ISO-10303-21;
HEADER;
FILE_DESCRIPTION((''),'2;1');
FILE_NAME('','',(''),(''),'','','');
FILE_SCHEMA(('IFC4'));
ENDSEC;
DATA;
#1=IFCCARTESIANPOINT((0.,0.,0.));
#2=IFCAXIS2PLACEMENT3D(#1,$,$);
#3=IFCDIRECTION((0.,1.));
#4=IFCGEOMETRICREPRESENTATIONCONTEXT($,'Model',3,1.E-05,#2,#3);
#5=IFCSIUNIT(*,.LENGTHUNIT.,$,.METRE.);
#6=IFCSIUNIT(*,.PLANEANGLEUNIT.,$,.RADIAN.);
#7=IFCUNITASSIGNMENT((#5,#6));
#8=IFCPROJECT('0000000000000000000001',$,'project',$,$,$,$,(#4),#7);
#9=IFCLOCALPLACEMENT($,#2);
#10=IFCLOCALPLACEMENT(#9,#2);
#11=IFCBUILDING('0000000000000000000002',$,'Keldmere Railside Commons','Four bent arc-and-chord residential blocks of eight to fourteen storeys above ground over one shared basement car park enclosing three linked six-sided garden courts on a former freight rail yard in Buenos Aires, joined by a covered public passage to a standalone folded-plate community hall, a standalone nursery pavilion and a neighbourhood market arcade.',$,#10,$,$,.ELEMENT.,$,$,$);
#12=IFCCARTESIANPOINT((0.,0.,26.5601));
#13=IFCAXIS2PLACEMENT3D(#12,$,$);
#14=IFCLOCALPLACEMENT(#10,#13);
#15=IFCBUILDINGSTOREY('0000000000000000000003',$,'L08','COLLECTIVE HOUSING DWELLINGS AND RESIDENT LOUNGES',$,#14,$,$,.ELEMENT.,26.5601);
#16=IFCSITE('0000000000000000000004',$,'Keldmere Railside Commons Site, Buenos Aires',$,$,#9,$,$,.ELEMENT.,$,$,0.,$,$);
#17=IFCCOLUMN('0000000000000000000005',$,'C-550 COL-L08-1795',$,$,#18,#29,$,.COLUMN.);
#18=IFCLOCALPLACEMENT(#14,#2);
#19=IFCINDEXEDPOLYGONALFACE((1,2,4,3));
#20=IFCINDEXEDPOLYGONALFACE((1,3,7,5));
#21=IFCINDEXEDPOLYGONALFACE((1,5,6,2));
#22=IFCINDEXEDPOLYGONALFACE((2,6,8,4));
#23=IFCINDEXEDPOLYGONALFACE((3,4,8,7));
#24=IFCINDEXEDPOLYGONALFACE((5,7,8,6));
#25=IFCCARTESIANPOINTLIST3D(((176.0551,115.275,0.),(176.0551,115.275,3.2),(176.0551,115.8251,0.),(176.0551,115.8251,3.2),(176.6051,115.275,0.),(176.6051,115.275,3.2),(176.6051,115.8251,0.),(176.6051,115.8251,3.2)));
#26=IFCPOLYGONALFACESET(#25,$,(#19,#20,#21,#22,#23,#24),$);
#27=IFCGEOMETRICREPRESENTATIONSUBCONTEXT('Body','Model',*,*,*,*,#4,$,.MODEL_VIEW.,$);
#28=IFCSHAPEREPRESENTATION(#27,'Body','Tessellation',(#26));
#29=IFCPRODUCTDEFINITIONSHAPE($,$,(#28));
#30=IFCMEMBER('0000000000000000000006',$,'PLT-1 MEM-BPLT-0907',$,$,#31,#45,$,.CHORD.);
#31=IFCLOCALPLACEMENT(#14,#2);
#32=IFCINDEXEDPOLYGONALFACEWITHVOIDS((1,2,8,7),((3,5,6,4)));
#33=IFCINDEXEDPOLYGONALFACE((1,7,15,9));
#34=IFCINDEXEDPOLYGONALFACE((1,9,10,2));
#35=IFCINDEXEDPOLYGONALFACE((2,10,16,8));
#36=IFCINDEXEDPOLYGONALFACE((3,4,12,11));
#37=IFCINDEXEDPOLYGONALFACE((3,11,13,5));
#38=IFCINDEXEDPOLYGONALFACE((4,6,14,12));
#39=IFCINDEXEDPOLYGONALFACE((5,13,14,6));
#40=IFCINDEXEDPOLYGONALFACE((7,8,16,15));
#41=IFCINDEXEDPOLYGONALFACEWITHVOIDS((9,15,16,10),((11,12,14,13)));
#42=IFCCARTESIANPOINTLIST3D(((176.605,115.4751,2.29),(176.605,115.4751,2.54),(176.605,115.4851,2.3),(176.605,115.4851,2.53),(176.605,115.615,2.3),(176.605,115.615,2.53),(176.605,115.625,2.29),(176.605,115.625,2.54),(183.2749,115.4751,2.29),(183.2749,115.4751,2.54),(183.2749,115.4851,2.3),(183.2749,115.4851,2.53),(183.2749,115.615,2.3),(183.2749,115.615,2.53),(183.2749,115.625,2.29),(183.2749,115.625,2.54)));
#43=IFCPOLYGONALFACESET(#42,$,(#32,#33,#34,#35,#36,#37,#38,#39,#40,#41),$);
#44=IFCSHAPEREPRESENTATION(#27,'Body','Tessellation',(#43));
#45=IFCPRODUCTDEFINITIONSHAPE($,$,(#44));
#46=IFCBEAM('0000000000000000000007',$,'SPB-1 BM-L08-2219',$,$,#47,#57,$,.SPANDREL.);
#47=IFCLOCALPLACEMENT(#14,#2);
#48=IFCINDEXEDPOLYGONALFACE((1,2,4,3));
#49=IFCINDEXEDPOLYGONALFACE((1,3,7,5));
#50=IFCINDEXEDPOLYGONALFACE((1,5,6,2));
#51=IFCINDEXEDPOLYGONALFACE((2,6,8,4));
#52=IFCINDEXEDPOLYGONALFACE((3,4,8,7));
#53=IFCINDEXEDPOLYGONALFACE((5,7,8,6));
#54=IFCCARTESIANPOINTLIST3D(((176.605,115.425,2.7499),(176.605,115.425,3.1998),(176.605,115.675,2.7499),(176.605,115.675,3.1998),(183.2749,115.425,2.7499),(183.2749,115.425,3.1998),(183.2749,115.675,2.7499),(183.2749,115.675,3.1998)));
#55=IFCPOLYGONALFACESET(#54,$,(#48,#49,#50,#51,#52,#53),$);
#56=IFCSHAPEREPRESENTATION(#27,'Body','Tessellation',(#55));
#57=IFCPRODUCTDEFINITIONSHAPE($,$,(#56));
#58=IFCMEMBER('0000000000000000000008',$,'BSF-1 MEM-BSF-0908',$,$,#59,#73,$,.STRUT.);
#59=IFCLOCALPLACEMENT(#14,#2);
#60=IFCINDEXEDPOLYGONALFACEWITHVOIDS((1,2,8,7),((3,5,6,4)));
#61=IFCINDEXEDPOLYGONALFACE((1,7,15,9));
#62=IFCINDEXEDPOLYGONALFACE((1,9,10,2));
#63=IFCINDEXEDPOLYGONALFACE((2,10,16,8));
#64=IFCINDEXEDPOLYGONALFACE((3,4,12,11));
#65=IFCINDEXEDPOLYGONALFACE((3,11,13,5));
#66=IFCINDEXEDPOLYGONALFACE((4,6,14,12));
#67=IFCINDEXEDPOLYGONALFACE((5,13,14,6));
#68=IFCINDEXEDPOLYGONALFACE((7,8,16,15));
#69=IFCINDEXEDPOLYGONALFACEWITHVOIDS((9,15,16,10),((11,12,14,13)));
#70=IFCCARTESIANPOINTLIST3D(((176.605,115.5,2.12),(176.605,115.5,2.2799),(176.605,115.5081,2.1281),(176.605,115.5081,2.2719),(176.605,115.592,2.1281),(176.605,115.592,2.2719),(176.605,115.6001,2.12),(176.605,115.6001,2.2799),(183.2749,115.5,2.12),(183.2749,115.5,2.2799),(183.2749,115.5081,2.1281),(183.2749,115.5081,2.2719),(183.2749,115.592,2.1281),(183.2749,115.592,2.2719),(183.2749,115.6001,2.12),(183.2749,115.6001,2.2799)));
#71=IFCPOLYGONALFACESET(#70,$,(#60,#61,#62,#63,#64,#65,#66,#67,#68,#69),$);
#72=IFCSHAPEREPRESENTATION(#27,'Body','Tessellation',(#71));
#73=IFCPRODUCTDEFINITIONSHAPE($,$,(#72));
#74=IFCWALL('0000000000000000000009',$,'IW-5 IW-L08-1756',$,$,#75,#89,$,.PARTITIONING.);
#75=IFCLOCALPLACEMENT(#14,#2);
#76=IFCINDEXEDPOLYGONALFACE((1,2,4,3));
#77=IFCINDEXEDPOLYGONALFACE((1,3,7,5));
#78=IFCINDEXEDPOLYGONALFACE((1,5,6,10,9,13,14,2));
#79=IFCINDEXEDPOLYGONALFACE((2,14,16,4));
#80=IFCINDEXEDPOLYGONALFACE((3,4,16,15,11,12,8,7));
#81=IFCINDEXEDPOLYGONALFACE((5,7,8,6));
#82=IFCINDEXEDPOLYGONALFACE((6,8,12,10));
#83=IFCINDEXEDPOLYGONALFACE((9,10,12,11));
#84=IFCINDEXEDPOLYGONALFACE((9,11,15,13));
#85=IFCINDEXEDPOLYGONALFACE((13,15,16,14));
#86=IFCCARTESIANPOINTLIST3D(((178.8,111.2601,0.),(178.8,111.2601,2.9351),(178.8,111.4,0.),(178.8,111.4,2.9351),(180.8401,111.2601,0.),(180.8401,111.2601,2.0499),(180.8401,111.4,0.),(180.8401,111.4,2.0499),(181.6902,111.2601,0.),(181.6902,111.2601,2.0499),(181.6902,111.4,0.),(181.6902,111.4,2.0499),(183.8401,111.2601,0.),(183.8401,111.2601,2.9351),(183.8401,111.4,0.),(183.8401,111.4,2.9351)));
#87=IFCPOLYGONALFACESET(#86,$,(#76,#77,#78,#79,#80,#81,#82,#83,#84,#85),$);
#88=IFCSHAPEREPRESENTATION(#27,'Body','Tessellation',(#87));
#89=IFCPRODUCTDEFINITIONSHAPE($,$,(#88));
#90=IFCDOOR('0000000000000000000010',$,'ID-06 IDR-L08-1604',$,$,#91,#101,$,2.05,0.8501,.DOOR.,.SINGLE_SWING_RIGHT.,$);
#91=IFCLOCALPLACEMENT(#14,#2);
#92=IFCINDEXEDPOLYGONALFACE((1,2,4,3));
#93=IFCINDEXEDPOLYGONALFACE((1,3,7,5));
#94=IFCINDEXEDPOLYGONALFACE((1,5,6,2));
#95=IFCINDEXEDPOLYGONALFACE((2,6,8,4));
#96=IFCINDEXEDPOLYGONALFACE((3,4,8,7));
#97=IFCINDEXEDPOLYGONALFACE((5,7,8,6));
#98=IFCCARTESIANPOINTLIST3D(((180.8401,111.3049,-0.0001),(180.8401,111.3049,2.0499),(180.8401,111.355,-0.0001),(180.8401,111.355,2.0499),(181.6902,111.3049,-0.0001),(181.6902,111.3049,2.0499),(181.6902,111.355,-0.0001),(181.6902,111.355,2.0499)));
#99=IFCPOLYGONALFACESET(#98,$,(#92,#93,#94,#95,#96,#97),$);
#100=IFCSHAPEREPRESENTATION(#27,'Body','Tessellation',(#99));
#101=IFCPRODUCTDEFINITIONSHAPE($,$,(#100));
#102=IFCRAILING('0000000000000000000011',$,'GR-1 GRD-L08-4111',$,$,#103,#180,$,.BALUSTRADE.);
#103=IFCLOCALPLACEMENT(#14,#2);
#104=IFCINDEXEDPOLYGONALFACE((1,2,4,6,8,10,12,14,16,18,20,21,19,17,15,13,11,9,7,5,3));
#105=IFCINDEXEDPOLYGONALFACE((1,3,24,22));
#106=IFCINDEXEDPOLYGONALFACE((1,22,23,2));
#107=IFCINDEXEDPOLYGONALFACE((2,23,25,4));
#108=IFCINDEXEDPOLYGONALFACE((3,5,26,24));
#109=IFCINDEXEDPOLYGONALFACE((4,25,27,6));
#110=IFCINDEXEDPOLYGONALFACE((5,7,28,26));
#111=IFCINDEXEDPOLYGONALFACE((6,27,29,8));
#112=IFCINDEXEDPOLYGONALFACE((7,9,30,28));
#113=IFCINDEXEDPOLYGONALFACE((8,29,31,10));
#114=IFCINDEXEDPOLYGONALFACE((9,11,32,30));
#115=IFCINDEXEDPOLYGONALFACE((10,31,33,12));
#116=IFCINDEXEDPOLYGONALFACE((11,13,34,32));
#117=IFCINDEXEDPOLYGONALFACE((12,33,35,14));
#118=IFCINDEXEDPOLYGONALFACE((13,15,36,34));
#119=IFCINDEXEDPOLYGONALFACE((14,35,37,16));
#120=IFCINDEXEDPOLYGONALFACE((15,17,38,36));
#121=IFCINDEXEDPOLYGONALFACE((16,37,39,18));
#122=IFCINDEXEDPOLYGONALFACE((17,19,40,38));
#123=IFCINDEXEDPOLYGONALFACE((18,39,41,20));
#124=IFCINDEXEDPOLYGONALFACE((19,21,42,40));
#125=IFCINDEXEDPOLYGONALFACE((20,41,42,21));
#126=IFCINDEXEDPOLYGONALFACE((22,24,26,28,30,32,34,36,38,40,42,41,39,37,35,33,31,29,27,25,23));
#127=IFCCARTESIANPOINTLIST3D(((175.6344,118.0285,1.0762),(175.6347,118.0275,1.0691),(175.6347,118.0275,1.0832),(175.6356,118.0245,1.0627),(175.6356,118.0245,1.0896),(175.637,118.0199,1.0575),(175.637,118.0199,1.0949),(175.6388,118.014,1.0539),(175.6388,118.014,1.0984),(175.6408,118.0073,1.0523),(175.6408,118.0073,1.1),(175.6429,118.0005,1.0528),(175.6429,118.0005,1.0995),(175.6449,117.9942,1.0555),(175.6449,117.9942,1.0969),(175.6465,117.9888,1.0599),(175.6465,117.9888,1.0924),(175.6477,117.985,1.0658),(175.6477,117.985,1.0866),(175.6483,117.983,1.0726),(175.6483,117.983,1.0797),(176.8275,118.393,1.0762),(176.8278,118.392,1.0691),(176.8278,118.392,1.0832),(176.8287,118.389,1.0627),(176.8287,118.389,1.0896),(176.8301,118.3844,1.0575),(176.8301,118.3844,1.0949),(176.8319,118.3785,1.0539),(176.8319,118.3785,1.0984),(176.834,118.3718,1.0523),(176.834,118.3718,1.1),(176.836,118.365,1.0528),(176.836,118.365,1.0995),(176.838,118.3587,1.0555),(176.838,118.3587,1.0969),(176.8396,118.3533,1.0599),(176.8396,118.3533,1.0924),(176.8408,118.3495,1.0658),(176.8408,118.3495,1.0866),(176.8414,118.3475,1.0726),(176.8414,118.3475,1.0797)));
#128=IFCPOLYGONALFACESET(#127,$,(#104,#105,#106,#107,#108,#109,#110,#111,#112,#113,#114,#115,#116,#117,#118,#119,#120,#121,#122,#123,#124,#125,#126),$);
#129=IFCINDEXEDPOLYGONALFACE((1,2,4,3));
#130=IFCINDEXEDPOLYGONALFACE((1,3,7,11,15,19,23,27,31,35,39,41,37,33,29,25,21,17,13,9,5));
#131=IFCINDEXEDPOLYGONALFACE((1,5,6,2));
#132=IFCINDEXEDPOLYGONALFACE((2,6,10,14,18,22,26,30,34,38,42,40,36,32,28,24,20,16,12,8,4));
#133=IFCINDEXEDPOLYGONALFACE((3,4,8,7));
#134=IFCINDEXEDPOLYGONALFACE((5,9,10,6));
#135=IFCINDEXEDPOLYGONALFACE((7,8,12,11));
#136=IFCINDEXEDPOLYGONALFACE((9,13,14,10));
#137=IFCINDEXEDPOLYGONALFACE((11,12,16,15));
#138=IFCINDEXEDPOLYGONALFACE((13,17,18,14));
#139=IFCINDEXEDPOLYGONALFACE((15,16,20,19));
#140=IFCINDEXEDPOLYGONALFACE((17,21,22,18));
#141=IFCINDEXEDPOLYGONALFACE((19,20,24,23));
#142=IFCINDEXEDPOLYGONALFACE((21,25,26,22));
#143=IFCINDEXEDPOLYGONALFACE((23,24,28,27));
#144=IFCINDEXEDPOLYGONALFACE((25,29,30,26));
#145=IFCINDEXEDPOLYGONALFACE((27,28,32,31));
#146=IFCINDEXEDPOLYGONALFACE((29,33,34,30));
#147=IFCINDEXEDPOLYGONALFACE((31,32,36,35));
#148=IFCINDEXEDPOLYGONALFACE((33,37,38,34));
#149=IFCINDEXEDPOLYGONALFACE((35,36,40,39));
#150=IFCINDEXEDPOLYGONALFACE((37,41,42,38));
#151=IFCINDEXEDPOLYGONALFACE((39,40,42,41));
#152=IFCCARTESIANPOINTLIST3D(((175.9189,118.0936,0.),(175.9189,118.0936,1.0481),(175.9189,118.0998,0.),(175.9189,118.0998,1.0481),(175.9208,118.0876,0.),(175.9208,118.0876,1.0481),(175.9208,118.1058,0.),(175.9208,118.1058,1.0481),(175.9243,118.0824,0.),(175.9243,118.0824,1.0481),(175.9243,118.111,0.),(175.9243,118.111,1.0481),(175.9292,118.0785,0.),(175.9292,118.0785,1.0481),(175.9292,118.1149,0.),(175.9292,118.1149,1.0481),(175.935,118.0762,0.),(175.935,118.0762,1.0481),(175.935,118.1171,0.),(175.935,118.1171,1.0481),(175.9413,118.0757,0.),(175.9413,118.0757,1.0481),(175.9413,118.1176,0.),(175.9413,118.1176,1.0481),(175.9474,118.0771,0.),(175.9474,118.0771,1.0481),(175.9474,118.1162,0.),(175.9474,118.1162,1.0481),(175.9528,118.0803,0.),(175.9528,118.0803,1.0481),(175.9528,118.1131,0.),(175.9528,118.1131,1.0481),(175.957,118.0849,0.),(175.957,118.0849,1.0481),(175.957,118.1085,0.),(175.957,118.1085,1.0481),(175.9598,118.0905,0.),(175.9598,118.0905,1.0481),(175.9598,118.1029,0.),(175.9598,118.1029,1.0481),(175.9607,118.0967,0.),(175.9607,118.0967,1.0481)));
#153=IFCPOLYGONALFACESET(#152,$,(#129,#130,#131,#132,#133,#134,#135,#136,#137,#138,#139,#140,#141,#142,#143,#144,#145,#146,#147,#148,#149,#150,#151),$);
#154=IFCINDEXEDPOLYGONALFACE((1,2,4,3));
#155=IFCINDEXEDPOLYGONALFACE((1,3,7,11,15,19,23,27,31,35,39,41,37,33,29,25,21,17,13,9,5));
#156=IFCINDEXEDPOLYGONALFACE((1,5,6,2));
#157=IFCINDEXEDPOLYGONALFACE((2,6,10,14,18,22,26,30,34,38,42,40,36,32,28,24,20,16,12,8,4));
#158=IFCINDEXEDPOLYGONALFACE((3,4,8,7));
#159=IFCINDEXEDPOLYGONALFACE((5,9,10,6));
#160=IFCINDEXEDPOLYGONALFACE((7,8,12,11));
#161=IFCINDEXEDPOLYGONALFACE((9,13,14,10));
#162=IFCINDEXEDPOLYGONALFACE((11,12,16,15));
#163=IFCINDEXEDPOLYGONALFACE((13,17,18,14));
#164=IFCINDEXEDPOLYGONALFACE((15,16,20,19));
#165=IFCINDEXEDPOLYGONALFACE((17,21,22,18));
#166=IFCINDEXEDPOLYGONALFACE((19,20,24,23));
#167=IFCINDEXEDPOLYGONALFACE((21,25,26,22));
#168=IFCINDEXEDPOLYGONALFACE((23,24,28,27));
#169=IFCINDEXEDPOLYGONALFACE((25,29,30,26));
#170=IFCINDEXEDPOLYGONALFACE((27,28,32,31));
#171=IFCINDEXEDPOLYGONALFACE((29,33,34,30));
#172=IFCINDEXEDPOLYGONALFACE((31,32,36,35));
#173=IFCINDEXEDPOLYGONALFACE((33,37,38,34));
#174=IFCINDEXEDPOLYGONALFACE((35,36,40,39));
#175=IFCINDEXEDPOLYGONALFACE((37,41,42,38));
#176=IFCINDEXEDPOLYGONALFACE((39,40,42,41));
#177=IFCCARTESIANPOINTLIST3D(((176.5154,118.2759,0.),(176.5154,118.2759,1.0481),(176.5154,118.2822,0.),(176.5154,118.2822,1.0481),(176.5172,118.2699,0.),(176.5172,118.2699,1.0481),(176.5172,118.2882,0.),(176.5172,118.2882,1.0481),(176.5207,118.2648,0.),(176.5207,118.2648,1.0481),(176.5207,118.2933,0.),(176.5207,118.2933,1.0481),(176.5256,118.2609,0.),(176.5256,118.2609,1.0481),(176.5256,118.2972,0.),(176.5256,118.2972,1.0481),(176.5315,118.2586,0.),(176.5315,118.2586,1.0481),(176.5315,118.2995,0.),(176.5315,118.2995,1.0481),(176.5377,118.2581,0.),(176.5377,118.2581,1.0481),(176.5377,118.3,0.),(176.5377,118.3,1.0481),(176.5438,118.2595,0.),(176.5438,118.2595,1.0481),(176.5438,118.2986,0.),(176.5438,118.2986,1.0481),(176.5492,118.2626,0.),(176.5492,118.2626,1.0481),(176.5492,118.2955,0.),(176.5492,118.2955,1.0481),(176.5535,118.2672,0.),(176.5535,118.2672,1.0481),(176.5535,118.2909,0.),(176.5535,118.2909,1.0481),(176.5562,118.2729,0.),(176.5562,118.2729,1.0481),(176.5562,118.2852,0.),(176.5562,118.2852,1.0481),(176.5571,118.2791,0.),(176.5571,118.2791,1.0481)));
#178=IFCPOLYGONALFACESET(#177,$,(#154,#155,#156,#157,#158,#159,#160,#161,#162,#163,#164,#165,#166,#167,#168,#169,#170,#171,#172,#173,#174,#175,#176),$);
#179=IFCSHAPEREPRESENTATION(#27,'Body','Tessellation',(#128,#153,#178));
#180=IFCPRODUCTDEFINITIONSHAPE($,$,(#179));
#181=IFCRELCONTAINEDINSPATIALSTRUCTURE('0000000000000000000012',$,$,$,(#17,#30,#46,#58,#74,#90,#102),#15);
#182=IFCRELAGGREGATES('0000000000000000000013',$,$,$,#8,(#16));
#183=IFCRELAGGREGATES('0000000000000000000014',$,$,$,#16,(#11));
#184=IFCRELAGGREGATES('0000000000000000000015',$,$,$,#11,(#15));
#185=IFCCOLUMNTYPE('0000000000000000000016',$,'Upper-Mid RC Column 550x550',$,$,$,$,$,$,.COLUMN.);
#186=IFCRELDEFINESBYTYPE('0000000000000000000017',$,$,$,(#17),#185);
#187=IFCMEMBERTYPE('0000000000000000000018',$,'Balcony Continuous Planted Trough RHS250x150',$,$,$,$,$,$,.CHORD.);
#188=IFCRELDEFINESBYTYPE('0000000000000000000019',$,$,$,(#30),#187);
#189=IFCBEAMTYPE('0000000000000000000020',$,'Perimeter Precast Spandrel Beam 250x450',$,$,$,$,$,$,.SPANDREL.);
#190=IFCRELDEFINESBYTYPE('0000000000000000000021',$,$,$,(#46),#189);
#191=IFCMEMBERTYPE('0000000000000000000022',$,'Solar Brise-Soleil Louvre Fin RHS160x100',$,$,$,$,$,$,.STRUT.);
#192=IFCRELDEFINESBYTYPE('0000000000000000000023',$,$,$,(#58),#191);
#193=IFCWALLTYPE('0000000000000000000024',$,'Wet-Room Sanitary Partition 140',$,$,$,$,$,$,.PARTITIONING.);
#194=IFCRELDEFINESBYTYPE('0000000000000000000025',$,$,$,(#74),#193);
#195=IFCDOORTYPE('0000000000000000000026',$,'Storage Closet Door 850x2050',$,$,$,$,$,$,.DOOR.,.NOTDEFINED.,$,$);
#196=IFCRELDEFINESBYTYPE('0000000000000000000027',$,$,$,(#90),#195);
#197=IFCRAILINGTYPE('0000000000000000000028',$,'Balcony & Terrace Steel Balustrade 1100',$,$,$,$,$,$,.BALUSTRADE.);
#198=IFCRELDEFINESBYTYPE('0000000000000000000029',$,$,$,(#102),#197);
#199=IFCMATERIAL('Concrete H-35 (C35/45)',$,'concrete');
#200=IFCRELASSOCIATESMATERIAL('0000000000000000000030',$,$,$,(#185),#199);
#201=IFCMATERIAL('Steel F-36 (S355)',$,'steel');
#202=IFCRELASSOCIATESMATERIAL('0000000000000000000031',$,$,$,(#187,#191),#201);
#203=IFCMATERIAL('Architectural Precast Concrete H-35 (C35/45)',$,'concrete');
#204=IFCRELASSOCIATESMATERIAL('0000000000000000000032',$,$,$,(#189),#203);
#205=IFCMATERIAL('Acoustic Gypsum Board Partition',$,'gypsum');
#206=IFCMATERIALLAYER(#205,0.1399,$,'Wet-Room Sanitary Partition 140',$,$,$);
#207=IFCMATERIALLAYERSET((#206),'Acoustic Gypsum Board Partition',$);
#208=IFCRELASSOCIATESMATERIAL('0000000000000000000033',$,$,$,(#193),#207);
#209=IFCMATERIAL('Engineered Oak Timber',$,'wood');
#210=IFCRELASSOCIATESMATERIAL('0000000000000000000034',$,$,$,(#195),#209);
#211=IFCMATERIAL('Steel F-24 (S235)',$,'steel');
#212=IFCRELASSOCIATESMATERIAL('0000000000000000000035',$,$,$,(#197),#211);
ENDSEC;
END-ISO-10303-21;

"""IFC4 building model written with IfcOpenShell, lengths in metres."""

from ifc_helpers import new_model, si_unit, direction, frame, frame_2d, origin, origin_2d, place, context, subcontext, project, spatial, rectangle, hollow_rectangle, circle, extrude, material, layer, layer_set, material_profile, profile_set, type_object, element, fill, save


model = new_model("IFC4")

# Units and contexts
model_context = context("Model", 3, precision=1e-05, world=origin(), true_north=direction((0.0, 1.0)))
body_context = subcontext(model_context, "Body", "Model", "MODEL_VIEW")
ifc_project = project(units=[si_unit("LENGTHUNIT", "METRE"), si_unit("PLANEANGLEUNIT", "RADIAN")], contexts=[model_context])

# Site, building, storey
site_placement = place(None, origin())
site = spatial("IfcSite", under=ifc_project, at=site_placement, Name="Keldmere Railside Commons Site, Buenos Aires", CompositionType="ELEMENT", RefElevation=0.0)
building_placement = place(site_placement, origin())
building = spatial("IfcBuilding", under=site, at=building_placement, Name="Keldmere Railside Commons", Description="Four bent arc-and-chord residential blocks of eight to fourteen storeys above ground over one shared basement car park enclosing three linked six-sided garden courts on a former freight rail yard in Buenos Aires, joined by a covered public passage to a standalone folded-plate community hall, a standalone nursery pavilion and a neighbourhood market arcade.", CompositionType="ELEMENT")
storey_placement = place(building_placement, frame((0.0, 0.0, 26.5601)))
storey = spatial("IfcBuildingStorey", under=building, at=storey_placement, Name="L08", Description="COLLECTIVE HOUSING DWELLINGS AND RESIDENT LOUNGES", CompositionType="ELEMENT", Elevation=26.5601)

# Column
ifc_material_1 = material(Name="Concrete H-35 (C35/45)", Category="concrete")
ifc_material_profile_1 = material_profile(ifc_material_1, rectangle(XDim=0.55, YDim=0.55, at=origin_2d()), Name="RC-550x550")
ifc_profile_set_1 = profile_set([ifc_material_profile_1], Name="Concrete H-35 (C35/45)")
column_type = type_object("IfcColumnType", Name="Upper-Mid RC Column 550x550", PredefinedType="COLUMN", material=ifc_profile_set_1)
column_placement = place(storey_placement, frame((176.3301, 115.55, 0.0), z_axis=(0.0, 0.0, 1.0), x_axis=(1.0, 0.0, 0.0)))
element("IfcColumn", 1, at=column_placement, inside=storey, type_object=column_type, Name="C-550 COL-L08-1795", PredefinedType="COLUMN", context=body_context, shape_type="SweptSolid", body=[
    extrude(rectangle(XDim=0.55, YDim=0.55, at=origin_2d()), origin(), (0.0, 0.0, 1.0), 3.2),
])

# Member
ifc_material_2 = material(Name="Steel F-36 (S355)", Category="steel")
ifc_material_profile_2 = material_profile(ifc_material_2, hollow_rectangle(XDim=0.1499, YDim=0.25, WallThickness=0.01, at=origin_2d()), Name="RHS-250x150x10")
ifc_profile_set_2 = profile_set([ifc_material_profile_2], Name="Steel F-36 (S355)")
member_type_1 = type_object("IfcMemberType", Name="Balcony Continuous Planted Trough RHS250x150", PredefinedType="CHORD", material=ifc_profile_set_2)
member_1_placement = place(storey_placement, frame((176.605, 115.55, 2.415), z_axis=(1.0, 0.0, 0.0), x_axis=(0.0, 1.0, 0.0)))
element("IfcMember", 2, at=member_1_placement, inside=storey, type_object=member_type_1, Name="PLT-1 MEM-BPLT-0907", PredefinedType="CHORD", context=body_context, shape_type="SweptSolid", body=[
    extrude(hollow_rectangle(XDim=0.1499, YDim=0.25, WallThickness=0.01, at=origin_2d()), origin(), (0.0, 0.0, 1.0), 6.6699),
])

# Beam
ifc_material_3 = material(Name="Architectural Precast Concrete H-35 (C35/45)", Category="concrete")
ifc_material_profile_3 = material_profile(ifc_material_3, rectangle(XDim=0.25, YDim=0.45, at=origin_2d()), Name="RC-250x450")
ifc_profile_set_3 = profile_set([ifc_material_profile_3], Name="Architectural Precast Concrete H-35 (C35/45)")
beam_type = type_object("IfcBeamType", Name="Perimeter Precast Spandrel Beam 250x450", PredefinedType="SPANDREL", material=ifc_profile_set_3)
beam_placement = place(storey_placement, frame((176.605, 115.55, 2.9749), z_axis=(1.0, 0.0, 0.0), x_axis=(0.0, 1.0, 0.0)))
element("IfcBeam", 3, at=beam_placement, inside=storey, type_object=beam_type, Name="SPB-1 BM-L08-2219", PredefinedType="SPANDREL", context=body_context, shape_type="SweptSolid", body=[
    extrude(rectangle(XDim=0.25, YDim=0.45, at=origin_2d()), origin(), (0.0, 0.0, 1.0), 6.6699),
])

# Member
ifc_material_profile_4 = material_profile(ifc_material_2, hollow_rectangle(XDim=0.1001, YDim=0.1599, WallThickness=0.0081, at=origin_2d()), Name="RHS-160x100x8")
ifc_profile_set_4 = profile_set([ifc_material_profile_4], Name="Steel F-36 (S355)")
member_type_2 = type_object("IfcMemberType", Name="Solar Brise-Soleil Louvre Fin RHS160x100", PredefinedType="STRUT", material=ifc_profile_set_4)
member_2_placement = place(storey_placement, frame((176.605, 115.55, 2.2), z_axis=(1.0, 0.0, 0.0), x_axis=(0.0, 1.0, 0.0)))
element("IfcMember", 4, at=member_2_placement, inside=storey, type_object=member_type_2, Name="BSF-1 MEM-BSF-0908", PredefinedType="STRUT", context=body_context, shape_type="SweptSolid", body=[
    extrude(hollow_rectangle(XDim=0.1001, YDim=0.1599, WallThickness=0.0081, at=origin_2d()), origin(), (0.0, 0.0, 1.0), 6.6699),
])

# Wall, opening, door
ifc_material_4 = material(Name="Acoustic Gypsum Board Partition", Category="gypsum")
ifc_layer = layer(ifc_material_4, 0.1399, Name="Wet-Room Sanitary Partition 140")
ifc_layer_set = layer_set([ifc_layer], Name="Acoustic Gypsum Board Partition")
wall_type = type_object("IfcWallType", Name="Wet-Room Sanitary Partition 140", PredefinedType="PARTITIONING", material=ifc_layer_set)
wall_placement = place(storey_placement, frame((178.8, 111.3301, 0.0), z_axis=(0.0, 0.0, 1.0), x_axis=(1.0, 0.0, 0.0)))
wall = element("IfcWall", 5, at=wall_placement, inside=storey, type_object=wall_type, Name="IW-5 IW-L08-1756", PredefinedType="PARTITIONING", context=body_context, shape_type="SweptSolid", body=[
    extrude(rectangle(XDim=5.04, YDim=0.1399, at=frame_2d((2.52, 0.0))), origin(), (0.0, 0.0, 1.0), 2.9351),
])
opening_placement = place(wall_placement, frame((2.04, 0.0, 0.0)))
opening = element("IfcOpeningElement", 6, at=opening_placement, cuts=wall, PredefinedType="OPENING", context=body_context, shape_type="SweptSolid", body=[
    extrude(rectangle(XDim=0.8501, YDim=2.05, at=frame_2d((0.425, 1.0249))), frame((0.0, 0.0798, 0.0), z_axis=(0.0, -1.0, 0.0), x_axis=(1.0, 0.0, 0.0)), (0.0, 0.0, 1.0), 0.1599),
])
ifc_material_5 = material(Name="Engineered Oak Timber", Category="wood")
door_type = type_object("IfcDoorType", Name="Storage Closet Door 850x2050", OperationType="NOTDEFINED", PredefinedType="DOOR", material=ifc_material_5)
door_placement = place(opening_placement, origin())
door = element("IfcDoor", 7, at=door_placement, inside=storey, type_object=door_type, Name="ID-06 IDR-L08-1604", OperationType="SINGLE_SWING_RIGHT", OverallHeight=2.05, OverallWidth=0.8501, PredefinedType="DOOR", context=body_context, shape_type="SweptSolid", body=[
    extrude(rectangle(XDim=0.8501, YDim=2.05, at=frame_2d((0.425, 1.0249))), frame((0.0, 0.0249, 0.0), z_axis=(0.0, -1.0, 0.0), x_axis=(1.0, 0.0, 0.0)), (0.0, 0.0, 1.0), 0.05),
])
fill(opening, door)

# Railing
ifc_material_6 = material(Name="Steel F-24 (S235)", Category="steel")
railing_type = type_object("IfcRailingType", Name="Balcony & Terrace Steel Balustrade 1100", PredefinedType="BALUSTRADE", material=ifc_material_6)
railing_1_placement = place(storey_placement, frame((175.6414, 118.0056, 0.0)))
element("IfcRailing", 8, at=railing_1_placement, inside=storey, type_object=railing_type, Name="GR-1 GRD-L08-4111", PredefinedType="BALUSTRADE", context=body_context, shape_type="SweptSolid", body=[
    extrude(circle(Radius=0.0239, at=origin_2d()), frame((0.0, 0.0, 1.0762), z_axis=(0.956365, 0.292174, 0.0), x_axis=(-0.292174, 0.956365, 0.0)), (0.0, 0.0, 1.0), 1.2476),
    extrude(circle(Radius=0.021, at=origin_2d()), frame((0.2983, 0.0911, 0.0)), (0.0, 0.0, 1.0), 1.0481),
    extrude(circle(Radius=0.021, at=origin_2d()), frame((0.8948, 0.2734, 0.0)), (0.0, 0.0, 1.0), 1.0481),
])

save(model, "model.ifc")
